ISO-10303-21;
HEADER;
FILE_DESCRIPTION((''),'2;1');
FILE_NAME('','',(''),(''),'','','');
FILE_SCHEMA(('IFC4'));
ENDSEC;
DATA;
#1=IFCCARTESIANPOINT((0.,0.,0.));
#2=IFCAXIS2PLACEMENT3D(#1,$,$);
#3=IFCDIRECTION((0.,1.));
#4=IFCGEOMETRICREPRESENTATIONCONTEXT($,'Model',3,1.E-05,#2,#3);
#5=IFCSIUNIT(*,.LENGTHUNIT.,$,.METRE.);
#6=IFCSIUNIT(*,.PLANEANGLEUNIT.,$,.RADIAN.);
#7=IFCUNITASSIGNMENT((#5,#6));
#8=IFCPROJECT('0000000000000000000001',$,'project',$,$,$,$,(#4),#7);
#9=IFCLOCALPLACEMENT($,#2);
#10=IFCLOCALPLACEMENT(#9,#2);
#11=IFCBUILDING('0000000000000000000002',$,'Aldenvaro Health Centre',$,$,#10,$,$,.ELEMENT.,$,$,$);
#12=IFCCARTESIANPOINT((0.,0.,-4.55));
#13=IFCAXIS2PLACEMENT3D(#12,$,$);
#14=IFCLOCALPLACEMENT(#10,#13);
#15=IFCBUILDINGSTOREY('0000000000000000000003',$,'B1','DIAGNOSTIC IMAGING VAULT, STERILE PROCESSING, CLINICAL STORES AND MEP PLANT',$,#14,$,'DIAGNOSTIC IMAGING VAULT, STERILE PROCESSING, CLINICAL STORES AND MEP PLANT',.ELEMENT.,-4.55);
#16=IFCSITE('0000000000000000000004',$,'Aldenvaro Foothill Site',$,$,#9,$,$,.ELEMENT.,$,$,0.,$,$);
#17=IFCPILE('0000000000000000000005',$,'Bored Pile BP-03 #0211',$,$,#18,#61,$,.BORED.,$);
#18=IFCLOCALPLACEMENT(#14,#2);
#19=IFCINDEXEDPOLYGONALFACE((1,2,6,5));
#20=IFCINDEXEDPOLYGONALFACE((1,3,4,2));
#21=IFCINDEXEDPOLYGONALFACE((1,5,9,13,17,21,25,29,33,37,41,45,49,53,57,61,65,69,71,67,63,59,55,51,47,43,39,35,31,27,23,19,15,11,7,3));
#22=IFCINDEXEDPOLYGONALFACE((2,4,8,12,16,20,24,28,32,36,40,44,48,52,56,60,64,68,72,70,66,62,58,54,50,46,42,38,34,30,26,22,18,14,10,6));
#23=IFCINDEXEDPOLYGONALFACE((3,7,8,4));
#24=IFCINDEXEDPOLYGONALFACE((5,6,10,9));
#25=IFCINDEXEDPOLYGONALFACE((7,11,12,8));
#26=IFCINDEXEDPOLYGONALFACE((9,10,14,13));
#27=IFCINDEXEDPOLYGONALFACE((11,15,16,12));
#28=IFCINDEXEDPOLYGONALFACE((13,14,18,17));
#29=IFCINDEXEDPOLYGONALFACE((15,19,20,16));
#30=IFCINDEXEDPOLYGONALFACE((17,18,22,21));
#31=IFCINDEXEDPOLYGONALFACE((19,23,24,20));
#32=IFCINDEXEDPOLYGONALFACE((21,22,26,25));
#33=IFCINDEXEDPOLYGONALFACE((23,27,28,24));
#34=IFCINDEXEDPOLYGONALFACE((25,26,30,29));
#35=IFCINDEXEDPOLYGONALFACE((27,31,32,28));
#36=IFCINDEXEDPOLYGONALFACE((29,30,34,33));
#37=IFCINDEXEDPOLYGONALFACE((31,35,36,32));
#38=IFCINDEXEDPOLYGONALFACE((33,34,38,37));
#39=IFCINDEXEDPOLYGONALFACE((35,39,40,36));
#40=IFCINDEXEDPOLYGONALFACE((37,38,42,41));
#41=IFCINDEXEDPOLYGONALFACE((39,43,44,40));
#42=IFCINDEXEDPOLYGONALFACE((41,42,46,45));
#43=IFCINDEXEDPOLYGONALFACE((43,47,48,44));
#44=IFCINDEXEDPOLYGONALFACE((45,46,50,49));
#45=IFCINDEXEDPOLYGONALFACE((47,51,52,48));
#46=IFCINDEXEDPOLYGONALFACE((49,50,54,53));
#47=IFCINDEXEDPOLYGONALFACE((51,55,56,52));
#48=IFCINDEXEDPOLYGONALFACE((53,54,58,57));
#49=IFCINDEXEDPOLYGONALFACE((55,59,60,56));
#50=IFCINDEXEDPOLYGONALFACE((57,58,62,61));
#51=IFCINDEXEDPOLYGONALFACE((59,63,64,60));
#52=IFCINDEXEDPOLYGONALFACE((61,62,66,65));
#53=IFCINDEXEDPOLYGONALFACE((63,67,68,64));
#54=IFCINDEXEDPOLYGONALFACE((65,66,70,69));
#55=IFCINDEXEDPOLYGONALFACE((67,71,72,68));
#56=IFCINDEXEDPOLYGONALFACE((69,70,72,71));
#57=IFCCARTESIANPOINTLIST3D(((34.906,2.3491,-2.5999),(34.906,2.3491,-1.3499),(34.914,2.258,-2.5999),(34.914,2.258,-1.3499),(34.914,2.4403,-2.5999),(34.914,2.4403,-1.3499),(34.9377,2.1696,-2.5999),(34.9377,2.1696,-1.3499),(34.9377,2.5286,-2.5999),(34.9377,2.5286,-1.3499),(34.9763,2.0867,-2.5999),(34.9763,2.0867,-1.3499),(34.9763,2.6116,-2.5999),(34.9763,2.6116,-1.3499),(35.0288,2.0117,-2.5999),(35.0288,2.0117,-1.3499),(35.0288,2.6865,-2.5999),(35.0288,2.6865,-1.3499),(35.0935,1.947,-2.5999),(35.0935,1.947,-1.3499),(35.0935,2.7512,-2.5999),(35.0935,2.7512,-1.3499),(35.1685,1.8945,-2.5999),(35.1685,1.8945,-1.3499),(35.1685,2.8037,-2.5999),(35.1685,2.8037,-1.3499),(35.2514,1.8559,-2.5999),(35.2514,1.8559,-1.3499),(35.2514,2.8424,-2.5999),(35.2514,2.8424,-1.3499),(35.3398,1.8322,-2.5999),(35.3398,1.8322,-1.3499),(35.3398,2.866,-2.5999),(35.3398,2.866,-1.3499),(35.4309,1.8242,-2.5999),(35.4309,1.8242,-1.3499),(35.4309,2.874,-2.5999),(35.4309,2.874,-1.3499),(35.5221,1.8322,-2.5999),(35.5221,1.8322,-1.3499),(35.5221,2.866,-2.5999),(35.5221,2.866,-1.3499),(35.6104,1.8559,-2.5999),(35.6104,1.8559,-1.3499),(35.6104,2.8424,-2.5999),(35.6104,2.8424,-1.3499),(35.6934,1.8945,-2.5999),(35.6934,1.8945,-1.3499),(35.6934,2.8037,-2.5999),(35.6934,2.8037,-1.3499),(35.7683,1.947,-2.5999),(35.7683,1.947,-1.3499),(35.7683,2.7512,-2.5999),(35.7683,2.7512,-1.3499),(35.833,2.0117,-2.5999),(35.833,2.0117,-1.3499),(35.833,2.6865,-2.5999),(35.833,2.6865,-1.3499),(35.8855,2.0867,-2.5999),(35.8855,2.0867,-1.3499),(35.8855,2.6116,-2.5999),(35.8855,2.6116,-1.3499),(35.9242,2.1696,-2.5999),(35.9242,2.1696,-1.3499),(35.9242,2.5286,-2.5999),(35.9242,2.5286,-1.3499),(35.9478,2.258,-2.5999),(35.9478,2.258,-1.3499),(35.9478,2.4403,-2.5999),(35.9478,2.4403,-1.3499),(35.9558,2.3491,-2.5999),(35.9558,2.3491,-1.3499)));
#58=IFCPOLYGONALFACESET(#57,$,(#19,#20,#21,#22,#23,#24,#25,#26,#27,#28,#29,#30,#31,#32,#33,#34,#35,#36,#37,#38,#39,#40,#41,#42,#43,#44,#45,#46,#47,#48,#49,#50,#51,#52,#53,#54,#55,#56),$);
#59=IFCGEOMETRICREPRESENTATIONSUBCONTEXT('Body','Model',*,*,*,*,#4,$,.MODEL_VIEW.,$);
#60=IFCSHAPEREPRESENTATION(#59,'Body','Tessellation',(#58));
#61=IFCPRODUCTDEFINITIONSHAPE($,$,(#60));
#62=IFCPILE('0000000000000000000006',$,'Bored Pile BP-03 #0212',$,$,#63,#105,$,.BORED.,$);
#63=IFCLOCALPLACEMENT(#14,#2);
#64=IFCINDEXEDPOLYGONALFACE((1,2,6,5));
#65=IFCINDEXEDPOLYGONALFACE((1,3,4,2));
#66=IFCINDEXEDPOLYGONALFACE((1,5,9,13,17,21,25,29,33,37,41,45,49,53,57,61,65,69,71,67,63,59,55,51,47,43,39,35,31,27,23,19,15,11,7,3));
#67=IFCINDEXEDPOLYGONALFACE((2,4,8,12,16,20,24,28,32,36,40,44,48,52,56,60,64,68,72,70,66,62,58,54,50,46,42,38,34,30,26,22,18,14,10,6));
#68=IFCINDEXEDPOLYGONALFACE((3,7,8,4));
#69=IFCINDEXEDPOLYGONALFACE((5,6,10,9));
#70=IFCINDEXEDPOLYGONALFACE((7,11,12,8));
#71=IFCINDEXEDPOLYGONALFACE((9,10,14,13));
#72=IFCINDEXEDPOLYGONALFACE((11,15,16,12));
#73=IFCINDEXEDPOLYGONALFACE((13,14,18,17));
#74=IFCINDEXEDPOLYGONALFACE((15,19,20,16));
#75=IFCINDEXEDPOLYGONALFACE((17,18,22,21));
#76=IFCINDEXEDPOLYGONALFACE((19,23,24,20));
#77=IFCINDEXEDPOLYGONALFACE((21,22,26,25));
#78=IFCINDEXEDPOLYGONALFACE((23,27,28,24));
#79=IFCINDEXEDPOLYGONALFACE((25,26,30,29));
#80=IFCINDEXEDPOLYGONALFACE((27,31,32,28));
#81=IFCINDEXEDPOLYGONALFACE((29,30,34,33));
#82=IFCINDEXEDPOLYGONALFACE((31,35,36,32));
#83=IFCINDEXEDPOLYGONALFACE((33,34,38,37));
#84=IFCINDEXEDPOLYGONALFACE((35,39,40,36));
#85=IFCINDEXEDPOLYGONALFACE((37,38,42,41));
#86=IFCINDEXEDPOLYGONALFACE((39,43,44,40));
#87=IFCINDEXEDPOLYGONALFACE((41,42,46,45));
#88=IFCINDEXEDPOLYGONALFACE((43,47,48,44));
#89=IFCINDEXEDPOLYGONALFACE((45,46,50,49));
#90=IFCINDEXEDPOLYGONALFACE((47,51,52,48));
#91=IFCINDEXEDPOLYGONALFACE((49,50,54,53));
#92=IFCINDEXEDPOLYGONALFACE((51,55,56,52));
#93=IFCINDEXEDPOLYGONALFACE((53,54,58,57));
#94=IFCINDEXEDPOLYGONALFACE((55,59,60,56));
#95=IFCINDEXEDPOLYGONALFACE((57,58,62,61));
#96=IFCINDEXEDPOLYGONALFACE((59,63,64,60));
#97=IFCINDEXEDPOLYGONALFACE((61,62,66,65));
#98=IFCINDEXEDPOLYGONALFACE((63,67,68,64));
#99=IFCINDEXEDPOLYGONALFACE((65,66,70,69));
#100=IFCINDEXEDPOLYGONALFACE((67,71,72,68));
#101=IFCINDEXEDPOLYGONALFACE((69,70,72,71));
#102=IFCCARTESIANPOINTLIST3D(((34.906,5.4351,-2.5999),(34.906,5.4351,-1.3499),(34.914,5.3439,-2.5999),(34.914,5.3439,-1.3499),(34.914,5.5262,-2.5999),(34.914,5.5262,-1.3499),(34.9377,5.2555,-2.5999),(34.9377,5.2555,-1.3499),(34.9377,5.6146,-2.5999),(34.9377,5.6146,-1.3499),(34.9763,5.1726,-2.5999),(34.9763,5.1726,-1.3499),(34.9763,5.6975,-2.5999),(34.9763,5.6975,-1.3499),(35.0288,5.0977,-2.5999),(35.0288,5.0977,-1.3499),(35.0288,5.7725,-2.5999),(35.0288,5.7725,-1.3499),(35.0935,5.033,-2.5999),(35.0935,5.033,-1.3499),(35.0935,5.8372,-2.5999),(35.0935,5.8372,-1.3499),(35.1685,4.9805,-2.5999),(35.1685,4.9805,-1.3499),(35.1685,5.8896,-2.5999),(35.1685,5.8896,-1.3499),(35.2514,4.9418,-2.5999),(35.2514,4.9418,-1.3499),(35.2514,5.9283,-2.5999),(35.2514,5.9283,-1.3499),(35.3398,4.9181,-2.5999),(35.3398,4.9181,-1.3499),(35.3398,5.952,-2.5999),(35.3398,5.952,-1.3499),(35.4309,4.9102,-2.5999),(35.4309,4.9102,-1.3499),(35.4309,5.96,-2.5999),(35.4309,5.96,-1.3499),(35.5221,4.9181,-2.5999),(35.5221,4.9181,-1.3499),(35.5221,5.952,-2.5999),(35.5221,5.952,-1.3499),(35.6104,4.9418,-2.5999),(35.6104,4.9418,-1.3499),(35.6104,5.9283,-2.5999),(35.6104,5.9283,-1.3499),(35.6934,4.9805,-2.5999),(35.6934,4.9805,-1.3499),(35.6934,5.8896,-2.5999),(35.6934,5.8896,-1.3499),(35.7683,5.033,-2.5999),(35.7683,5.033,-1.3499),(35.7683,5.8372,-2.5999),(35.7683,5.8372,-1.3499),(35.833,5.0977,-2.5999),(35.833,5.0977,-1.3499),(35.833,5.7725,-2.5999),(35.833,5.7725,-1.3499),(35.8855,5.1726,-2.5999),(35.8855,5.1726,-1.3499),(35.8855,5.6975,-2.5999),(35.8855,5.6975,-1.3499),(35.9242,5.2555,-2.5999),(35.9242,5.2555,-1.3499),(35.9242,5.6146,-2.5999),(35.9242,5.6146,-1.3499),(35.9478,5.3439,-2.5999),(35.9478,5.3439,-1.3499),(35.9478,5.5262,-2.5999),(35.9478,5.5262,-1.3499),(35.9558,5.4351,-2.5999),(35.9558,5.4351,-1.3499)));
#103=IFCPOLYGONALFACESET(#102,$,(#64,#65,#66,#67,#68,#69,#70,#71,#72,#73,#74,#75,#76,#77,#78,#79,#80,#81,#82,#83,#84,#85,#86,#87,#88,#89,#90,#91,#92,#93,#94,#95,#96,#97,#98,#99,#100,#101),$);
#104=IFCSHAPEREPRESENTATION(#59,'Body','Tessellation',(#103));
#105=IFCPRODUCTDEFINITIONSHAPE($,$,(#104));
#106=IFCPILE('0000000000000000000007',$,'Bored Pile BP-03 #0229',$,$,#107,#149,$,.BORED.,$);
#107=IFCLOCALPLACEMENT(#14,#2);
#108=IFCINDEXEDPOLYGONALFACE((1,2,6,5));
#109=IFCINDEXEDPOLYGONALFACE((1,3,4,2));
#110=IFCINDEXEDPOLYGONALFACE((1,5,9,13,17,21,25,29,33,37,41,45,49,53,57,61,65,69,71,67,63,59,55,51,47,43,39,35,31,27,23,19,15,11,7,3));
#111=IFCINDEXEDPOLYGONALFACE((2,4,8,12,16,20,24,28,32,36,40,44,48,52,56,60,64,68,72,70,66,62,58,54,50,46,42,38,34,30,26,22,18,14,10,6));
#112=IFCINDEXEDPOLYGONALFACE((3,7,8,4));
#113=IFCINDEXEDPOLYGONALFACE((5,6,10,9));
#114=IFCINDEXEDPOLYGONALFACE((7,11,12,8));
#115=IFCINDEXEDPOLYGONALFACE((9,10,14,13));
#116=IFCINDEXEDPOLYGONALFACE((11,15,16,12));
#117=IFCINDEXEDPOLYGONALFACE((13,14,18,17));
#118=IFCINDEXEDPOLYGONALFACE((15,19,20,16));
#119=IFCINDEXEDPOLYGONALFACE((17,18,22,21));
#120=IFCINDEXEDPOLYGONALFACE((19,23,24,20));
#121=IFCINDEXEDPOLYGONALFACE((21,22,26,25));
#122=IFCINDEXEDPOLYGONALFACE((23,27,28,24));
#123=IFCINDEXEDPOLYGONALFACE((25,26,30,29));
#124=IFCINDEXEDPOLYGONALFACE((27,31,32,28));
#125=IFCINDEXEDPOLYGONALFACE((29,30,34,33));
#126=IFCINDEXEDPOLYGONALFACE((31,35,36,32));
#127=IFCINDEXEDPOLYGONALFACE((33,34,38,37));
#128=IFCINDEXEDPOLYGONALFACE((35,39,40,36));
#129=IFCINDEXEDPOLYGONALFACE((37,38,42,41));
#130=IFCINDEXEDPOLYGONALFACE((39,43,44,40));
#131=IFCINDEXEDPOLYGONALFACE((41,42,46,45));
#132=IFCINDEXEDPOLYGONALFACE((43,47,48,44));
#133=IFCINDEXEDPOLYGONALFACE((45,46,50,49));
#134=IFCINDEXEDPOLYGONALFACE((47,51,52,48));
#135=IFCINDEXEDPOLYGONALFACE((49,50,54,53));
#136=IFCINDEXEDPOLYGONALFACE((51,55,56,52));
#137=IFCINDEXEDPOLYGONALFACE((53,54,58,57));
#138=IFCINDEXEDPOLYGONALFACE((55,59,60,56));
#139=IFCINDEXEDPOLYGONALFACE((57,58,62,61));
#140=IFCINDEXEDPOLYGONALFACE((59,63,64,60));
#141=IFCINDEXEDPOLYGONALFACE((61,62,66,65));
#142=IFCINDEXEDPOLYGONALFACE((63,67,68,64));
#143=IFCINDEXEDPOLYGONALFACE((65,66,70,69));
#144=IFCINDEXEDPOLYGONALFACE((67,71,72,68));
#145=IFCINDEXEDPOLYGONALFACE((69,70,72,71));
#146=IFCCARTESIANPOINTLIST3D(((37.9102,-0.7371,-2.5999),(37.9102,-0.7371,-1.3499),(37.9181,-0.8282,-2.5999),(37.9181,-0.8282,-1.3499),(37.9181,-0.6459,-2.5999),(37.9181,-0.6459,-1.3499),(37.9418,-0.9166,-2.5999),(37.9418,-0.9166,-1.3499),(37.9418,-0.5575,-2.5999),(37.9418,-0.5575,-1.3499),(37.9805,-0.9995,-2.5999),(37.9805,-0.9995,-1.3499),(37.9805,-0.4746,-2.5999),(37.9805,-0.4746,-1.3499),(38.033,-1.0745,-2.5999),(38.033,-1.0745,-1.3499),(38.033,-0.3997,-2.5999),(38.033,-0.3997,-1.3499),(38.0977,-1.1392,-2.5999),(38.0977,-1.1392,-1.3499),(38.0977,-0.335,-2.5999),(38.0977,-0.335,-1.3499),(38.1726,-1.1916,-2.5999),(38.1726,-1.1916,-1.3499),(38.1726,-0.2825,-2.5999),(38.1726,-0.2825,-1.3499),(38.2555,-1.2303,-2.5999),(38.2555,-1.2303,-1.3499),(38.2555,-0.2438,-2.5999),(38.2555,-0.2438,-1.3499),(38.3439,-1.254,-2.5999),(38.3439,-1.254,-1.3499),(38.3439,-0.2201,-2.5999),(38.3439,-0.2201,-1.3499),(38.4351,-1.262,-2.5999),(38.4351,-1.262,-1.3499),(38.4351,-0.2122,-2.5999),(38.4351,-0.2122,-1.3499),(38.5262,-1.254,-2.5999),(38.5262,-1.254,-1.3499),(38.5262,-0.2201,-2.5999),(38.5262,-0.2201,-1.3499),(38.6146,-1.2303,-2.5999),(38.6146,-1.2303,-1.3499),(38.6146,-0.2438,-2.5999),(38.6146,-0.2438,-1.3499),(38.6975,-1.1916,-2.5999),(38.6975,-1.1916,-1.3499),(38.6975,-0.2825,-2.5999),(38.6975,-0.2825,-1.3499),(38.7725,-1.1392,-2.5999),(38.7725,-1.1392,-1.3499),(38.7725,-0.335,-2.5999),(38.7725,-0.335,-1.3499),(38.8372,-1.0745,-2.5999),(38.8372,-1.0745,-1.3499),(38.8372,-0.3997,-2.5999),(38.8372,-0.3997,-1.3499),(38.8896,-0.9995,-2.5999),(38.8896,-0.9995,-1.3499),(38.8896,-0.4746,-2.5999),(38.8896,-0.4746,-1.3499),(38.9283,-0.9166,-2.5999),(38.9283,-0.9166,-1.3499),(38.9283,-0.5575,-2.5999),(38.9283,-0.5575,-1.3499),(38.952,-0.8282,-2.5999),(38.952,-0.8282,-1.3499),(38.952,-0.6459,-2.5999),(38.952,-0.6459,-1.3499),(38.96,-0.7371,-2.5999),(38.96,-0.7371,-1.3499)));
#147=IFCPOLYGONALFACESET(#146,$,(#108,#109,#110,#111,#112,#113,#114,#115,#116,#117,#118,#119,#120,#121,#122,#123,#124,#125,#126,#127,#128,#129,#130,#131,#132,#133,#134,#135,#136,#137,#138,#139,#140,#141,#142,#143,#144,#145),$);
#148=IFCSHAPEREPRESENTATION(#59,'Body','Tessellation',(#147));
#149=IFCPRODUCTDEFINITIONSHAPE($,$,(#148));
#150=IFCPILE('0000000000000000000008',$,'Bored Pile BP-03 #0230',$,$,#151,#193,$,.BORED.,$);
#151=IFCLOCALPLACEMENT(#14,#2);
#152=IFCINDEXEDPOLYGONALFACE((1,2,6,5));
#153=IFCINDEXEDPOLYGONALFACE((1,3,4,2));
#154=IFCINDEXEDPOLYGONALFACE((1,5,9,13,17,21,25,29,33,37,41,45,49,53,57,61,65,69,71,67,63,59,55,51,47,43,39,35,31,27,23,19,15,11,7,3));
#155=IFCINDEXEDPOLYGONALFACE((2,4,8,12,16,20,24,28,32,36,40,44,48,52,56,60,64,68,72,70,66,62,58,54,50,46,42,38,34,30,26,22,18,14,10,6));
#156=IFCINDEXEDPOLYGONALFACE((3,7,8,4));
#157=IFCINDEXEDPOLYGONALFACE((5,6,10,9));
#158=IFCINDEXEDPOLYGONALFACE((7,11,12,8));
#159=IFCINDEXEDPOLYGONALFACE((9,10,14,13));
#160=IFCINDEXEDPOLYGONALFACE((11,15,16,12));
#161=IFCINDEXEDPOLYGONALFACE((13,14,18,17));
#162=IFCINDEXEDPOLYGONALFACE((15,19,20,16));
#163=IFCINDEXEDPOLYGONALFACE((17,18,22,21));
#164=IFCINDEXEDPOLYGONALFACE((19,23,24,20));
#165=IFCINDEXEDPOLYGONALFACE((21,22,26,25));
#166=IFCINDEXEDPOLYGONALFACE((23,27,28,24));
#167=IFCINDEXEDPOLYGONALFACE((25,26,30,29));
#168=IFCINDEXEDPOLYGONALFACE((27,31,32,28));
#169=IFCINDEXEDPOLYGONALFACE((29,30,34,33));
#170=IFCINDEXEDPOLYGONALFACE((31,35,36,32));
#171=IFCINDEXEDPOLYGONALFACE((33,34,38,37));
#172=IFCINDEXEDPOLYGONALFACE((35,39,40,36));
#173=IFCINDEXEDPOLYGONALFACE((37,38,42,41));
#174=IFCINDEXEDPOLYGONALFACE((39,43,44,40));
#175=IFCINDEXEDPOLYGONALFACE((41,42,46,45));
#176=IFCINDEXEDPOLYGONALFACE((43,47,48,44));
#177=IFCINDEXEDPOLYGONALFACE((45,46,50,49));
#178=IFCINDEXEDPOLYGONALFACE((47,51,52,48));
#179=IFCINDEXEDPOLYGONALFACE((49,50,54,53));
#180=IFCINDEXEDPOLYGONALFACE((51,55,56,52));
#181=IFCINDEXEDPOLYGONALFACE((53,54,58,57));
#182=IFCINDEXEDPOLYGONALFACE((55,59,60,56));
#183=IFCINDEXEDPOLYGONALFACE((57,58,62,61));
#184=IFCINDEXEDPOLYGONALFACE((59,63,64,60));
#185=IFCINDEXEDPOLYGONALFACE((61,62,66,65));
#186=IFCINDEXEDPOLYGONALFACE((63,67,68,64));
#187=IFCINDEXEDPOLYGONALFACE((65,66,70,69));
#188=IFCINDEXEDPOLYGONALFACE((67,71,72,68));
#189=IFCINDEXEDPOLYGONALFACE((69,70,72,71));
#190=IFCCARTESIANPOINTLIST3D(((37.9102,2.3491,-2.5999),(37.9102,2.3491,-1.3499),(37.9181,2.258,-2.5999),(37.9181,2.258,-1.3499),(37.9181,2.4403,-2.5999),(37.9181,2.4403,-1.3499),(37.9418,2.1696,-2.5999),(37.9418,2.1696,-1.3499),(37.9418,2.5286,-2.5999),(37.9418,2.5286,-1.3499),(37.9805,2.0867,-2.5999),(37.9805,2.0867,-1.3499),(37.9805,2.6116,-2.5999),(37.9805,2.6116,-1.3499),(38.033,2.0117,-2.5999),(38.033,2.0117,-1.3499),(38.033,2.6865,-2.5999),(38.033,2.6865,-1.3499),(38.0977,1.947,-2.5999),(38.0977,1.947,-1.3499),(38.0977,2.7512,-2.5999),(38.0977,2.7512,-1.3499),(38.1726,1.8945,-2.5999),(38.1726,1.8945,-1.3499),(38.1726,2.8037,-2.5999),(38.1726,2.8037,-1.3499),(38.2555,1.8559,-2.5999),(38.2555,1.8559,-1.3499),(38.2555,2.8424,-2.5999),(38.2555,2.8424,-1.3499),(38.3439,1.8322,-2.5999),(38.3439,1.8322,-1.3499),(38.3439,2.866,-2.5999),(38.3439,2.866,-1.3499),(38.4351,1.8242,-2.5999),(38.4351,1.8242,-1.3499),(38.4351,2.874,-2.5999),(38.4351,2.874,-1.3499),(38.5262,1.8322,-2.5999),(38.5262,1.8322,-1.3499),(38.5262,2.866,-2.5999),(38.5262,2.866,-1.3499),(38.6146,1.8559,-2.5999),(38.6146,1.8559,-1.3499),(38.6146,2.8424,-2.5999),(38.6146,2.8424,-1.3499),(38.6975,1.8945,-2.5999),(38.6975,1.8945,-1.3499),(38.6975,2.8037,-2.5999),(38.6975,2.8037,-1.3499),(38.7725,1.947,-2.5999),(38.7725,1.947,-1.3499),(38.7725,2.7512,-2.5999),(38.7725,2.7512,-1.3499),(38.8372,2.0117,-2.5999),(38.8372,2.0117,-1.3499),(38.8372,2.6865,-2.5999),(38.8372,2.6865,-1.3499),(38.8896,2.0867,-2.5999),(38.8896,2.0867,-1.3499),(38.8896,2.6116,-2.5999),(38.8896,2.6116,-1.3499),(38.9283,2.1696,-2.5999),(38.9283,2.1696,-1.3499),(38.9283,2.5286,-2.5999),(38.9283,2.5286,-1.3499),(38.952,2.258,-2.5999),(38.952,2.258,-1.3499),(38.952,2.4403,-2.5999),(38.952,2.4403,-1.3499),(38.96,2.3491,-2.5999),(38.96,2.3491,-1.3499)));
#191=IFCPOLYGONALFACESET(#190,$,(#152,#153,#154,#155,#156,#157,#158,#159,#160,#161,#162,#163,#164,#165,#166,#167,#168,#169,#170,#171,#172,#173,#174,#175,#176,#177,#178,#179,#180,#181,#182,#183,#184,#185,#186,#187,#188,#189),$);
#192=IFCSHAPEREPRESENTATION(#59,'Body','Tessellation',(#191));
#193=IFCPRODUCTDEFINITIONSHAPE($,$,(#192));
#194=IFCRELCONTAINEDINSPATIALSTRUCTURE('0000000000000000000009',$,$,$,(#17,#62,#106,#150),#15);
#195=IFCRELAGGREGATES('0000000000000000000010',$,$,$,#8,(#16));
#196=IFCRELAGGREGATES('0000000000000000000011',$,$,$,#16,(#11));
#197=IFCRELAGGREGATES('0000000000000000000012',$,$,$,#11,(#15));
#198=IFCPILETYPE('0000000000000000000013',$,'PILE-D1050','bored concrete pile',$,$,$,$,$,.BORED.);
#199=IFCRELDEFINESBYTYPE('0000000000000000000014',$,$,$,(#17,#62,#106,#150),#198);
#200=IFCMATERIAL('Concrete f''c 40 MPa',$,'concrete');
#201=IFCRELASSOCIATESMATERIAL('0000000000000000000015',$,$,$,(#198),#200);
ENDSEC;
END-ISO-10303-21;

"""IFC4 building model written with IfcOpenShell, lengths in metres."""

from ifc_helpers import new_model, si_unit, direction, frame, origin, origin_2d, place, context, subcontext, project, spatial, circle, extrude, material, material_profile, profile_set, type_object, element, save


model = new_model("IFC4")

# Units and contexts
model_context = context("Model", 3, precision=1e-05, world=origin(), true_north=direction((0.0, 1.0)))
body_context = subcontext(model_context, "Body", "Model", "MODEL_VIEW")
ifc_project = project(units=[si_unit("LENGTHUNIT", "METRE"), si_unit("PLANEANGLEUNIT", "RADIAN")], contexts=[model_context])

# Site, building, storey
site_placement = place(None, origin())
site = spatial("IfcSite", under=ifc_project, at=site_placement, Name="Aldenvaro Foothill Site", CompositionType="ELEMENT", RefElevation=0.0)
building_placement = place(site_placement, origin())
building = spatial("IfcBuilding", under=site, at=building_placement, Name="Aldenvaro Health Centre", CompositionType="ELEMENT")
storey_placement = place(building_placement, frame((0.0, 0.0, -4.55)))
storey = spatial("IfcBuildingStorey", under=building, at=storey_placement, Name="B1", Description="DIAGNOSTIC IMAGING VAULT, STERILE PROCESSING, CLINICAL STORES AND MEP PLANT", LongName="DIAGNOSTIC IMAGING VAULT, STERILE PROCESSING, CLINICAL STORES AND MEP PLANT", CompositionType="ELEMENT", Elevation=-4.55)

# Piles
ifc_material = material(Name="Concrete f'c 40 MPa", Category="concrete")
ifc_material_profile_1 = material_profile(ifc_material, circle(Radius=0.5249, at=origin_2d()), Name="PILE D1050", Category="concrete")
ifc_profile_set_1 = profile_set([ifc_material_profile_1], Name="Concrete f'c 40 MPa")
pile_type = type_object("IfcPileType", Name="PILE-D1050", Description="bored concrete pile", PredefinedType="BORED", material=ifc_profile_set_1)
for number, where, z_axis, x_axis, name in (
    (1, (35.4309, 2.3491, -1.3499), (0.0, 0.0, -1.0), (1.0, 0.0, 0.0), "Bored Pile BP-03 #0211"),
    (2, (35.4309, 5.4351, -1.3499), (0.0, 0.0, -1.0), (1.0, 0.0, 0.0), "Bored Pile BP-03 #0212"),
    (3, (38.4351, -0.7371, -1.3499), (0.0, 0.0, -1.0), (1.0, 0.0, 0.0), "Bored Pile BP-03 #0229"),
    (4, (38.4351, 2.3491, -1.3499), (0.0, 0.0, -1.0), (1.0, 0.0, 0.0), "Bored Pile BP-03 #0230"),
):
    element("IfcPile", number, at=place(storey_placement, frame(where, z_axis=z_axis, x_axis=x_axis)), inside=storey, type_object=pile_type, Name=name, PredefinedType="BORED", context=body_context, shape_type="SweptSolid", body=[
        extrude(circle(Radius=0.5249, at=origin_2d()), origin(), (0.0, 0.0, 1.0), 1.25),
    ])

save(model, "model.ifc")
